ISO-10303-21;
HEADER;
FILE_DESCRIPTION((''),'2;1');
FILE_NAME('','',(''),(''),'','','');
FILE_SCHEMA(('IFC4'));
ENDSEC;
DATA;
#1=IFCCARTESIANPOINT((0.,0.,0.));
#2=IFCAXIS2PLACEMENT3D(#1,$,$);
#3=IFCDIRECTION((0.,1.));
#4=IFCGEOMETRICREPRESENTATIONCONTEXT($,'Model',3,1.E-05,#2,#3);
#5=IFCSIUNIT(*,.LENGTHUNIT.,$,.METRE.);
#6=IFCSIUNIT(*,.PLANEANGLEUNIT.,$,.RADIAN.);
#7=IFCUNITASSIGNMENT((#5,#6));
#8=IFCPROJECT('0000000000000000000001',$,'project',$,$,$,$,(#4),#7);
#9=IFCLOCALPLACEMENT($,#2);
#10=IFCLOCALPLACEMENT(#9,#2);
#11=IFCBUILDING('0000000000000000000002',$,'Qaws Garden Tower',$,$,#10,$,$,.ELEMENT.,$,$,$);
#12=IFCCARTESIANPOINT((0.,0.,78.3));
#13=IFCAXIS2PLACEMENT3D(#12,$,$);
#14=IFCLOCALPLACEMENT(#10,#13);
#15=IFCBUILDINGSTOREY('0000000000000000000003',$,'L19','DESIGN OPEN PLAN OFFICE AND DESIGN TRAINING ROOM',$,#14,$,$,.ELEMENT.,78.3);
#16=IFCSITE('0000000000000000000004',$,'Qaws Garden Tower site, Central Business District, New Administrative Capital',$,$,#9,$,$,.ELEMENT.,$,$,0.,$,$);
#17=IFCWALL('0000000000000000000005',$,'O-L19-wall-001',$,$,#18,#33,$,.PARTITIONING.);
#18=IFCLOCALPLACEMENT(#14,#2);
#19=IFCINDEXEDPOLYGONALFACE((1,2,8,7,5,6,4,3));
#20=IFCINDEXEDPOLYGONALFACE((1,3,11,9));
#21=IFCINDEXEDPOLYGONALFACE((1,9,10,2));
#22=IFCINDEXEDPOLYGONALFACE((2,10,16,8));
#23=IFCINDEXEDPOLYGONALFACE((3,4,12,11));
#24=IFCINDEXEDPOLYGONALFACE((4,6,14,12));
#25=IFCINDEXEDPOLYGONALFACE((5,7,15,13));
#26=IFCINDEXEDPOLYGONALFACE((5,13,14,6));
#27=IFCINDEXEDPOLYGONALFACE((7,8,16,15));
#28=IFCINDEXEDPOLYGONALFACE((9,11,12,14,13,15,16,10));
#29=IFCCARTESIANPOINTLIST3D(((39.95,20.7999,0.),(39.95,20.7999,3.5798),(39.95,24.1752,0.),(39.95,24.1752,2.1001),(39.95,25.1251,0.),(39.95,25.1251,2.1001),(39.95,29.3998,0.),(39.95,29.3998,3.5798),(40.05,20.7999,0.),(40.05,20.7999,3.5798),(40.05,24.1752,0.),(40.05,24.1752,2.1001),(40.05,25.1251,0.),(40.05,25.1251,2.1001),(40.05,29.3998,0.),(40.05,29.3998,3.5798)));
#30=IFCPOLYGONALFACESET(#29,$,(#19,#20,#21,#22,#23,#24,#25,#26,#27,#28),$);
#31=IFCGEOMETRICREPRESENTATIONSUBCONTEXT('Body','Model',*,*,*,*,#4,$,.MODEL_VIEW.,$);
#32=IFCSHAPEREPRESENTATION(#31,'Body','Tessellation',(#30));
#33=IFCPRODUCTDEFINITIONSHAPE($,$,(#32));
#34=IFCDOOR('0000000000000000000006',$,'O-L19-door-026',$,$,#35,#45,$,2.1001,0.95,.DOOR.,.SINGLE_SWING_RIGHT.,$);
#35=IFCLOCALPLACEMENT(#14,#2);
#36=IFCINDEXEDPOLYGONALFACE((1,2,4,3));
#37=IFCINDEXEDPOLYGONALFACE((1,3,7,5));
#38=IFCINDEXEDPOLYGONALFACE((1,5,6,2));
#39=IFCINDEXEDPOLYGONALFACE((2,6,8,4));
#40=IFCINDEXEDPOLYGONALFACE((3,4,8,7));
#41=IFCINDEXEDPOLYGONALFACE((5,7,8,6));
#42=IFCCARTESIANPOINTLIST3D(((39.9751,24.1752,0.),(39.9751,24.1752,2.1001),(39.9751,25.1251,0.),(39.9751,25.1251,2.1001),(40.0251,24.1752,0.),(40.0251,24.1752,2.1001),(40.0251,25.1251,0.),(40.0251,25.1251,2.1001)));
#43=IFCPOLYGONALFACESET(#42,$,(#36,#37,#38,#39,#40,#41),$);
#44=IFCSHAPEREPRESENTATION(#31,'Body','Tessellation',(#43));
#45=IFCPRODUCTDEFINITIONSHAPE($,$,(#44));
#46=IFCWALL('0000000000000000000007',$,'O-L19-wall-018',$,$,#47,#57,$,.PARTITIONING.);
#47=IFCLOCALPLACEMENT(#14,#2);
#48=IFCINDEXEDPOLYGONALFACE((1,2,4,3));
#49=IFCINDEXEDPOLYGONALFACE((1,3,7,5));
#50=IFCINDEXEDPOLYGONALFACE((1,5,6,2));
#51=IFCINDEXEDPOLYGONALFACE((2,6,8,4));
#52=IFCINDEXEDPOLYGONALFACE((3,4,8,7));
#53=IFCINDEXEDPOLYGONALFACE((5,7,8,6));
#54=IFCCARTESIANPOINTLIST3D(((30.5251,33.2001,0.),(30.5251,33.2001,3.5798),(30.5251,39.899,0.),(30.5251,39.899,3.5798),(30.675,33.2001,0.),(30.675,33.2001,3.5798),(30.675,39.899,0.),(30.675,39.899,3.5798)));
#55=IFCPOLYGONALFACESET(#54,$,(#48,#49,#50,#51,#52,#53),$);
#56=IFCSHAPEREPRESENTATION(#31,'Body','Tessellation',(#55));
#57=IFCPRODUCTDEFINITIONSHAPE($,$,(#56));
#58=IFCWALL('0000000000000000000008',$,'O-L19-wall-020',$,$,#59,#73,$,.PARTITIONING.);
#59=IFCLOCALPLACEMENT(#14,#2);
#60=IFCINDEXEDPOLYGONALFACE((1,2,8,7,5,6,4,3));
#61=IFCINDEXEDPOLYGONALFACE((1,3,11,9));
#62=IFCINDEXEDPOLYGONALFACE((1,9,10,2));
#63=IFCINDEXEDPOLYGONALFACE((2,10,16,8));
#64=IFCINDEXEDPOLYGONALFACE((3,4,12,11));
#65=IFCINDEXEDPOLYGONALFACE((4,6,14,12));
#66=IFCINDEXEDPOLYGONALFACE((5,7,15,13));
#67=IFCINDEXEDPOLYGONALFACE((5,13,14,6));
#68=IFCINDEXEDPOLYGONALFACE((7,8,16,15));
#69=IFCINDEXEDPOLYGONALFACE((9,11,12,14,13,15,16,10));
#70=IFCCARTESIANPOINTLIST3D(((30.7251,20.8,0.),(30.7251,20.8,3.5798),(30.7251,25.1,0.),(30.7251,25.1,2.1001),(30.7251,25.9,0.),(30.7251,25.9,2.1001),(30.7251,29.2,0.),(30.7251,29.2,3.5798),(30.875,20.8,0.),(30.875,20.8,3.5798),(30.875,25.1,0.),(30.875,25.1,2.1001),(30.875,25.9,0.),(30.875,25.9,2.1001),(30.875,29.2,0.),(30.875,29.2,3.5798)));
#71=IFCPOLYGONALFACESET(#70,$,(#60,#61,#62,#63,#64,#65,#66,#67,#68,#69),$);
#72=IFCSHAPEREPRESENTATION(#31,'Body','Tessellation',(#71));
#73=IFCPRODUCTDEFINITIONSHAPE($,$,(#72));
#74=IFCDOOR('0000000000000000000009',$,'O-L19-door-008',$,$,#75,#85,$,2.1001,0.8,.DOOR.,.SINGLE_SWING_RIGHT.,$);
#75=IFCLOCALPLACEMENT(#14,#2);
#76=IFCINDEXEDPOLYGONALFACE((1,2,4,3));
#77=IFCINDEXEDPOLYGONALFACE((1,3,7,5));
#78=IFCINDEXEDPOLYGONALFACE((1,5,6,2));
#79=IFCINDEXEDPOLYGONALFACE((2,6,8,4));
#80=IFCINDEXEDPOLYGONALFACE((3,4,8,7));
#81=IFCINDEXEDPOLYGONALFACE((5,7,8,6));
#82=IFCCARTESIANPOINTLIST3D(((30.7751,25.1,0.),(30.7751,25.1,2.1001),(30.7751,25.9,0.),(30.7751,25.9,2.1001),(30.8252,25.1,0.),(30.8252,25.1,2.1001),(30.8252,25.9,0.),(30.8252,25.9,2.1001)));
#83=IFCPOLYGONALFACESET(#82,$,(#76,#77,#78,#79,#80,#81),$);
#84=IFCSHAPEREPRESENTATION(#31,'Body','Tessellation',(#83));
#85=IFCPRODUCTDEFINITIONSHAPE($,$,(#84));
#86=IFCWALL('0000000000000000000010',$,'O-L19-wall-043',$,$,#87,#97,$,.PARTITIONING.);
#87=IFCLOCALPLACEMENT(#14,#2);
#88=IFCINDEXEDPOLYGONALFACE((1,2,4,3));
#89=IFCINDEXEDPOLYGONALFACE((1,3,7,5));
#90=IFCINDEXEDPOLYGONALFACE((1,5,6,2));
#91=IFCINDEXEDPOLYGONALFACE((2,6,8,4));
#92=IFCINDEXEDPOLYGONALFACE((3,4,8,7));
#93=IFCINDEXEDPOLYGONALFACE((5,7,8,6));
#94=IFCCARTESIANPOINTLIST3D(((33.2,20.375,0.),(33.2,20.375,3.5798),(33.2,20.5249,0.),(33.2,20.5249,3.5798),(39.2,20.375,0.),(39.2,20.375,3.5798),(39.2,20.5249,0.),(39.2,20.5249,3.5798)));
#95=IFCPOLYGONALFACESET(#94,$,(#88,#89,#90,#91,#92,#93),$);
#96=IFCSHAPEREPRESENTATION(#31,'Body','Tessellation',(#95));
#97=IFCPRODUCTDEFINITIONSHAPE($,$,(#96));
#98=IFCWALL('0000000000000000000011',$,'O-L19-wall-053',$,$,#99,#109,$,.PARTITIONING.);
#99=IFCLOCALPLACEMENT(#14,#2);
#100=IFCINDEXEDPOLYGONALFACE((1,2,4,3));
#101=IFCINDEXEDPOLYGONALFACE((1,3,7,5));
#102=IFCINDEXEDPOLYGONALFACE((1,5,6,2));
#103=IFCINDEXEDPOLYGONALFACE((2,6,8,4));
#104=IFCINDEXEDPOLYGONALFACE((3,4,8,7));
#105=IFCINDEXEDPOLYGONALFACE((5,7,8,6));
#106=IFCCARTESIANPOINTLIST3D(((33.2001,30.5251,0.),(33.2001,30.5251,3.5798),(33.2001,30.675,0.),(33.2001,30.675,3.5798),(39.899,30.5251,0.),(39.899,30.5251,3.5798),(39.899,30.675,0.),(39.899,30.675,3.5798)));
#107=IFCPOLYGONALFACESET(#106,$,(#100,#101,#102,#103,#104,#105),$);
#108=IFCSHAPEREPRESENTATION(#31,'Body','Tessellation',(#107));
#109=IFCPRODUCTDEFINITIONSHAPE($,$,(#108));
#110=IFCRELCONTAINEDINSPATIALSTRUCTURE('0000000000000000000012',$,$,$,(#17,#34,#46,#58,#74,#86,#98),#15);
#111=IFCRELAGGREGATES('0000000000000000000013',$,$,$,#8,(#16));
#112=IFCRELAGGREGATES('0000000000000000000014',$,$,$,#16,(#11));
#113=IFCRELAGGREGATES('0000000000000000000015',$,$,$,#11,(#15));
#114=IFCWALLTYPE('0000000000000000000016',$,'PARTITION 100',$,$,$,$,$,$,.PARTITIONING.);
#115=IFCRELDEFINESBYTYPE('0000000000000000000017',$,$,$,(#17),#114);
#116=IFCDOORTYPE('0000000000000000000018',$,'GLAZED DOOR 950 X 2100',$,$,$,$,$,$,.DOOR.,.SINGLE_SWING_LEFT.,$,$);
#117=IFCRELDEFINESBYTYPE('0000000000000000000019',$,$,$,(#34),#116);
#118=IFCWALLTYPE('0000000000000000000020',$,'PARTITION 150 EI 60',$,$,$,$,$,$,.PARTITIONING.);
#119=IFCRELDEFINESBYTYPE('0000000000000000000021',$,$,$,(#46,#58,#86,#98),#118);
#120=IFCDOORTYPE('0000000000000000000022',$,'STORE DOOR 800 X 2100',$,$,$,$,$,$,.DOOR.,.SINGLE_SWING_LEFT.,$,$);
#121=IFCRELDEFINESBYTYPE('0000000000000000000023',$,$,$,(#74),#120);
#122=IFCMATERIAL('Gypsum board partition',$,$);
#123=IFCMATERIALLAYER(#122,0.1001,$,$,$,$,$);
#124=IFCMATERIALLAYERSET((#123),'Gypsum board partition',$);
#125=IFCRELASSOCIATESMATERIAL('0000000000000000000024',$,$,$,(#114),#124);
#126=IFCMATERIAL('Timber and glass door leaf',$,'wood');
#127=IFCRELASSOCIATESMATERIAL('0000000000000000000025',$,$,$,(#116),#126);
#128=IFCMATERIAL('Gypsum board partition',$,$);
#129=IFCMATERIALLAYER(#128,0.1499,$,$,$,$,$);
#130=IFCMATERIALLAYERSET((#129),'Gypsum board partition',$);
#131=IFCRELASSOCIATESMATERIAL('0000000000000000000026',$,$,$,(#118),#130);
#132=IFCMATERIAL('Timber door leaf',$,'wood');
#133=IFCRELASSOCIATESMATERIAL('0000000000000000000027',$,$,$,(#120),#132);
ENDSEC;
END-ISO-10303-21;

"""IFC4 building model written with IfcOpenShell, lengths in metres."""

from ifc_helpers import new_model, si_unit, direction, frame, frame_2d, origin, place, context, subcontext, project, spatial, rectangle, extrude, material, layer, layer_set, type_object, element, fill, save


model = new_model("IFC4")

# Units and contexts
model_context = context("Model", 3, precision=1e-05, world=origin(), true_north=direction((0.0, 1.0)))
body_context = subcontext(model_context, "Body", "Model", "MODEL_VIEW")
ifc_project = project(units=[si_unit("LENGTHUNIT", "METRE"), si_unit("PLANEANGLEUNIT", "RADIAN")], contexts=[model_context])

# Site, building, storey
site_placement = place(None, origin())
site = spatial("IfcSite", under=ifc_project, at=site_placement, Name="Qaws Garden Tower site, Central Business District, New Administrative Capital", CompositionType="ELEMENT", RefElevation=0.0)
building_placement = place(site_placement, origin())
building = spatial("IfcBuilding", under=site, at=building_placement, Name="Qaws Garden Tower", CompositionType="ELEMENT")
storey_placement = place(building_placement, frame((0.0, 0.0, 78.3)))
storey = spatial("IfcBuildingStorey", under=building, at=storey_placement, Name="L19", Description="DESIGN OPEN PLAN OFFICE AND DESIGN TRAINING ROOM", CompositionType="ELEMENT", Elevation=78.3)

# Wall, opening, door
ifc_material_1 = material(Name="Gypsum board partition")
ifc_layer_1 = layer(ifc_material_1, 0.1001)
ifc_layer_set_1 = layer_set([ifc_layer_1], Name="Gypsum board partition")
wall_type_1 = type_object("IfcWallType", Name="PARTITION 100", PredefinedType="PARTITIONING", material=ifc_layer_set_1)
wall_1_placement = place(storey_placement, frame((40.0, 20.8, 0.0), z_axis=(0.0, 0.0, 1.0), x_axis=(0.0, 1.0, 0.0)))
wall_1 = element("IfcWall", 1, at=wall_1_placement, inside=storey, type_object=wall_type_1, Name="O-L19-wall-001", PredefinedType="PARTITIONING", context=body_context, shape_type="SweptSolid", body=[
    extrude(rectangle(XDim=8.5999, YDim=0.1001, at=frame_2d((4.2998, 0.0))), origin(), (0.0, 0.0, 1.0), 3.5798),
])
opening_1_placement = place(wall_1_placement, frame((3.375, 0.0, 0.0)))
opening_1 = element("IfcOpeningElement", 2, at=opening_1_placement, cuts=wall_1, PredefinedType="OPENING", context=body_context, shape_type="SweptSolid", body=[
    extrude(rectangle(XDim=0.95, YDim=2.1001, at=frame_2d((0.4751, 1.05))), frame((0.0, 0.0601, 0.0), z_axis=(0.0, -1.0, 0.0), x_axis=(1.0, 0.0, 0.0)), (0.0, 0.0, 1.0), 0.1201),
])
ifc_material_2 = material(Name="Timber and glass door leaf", Category="wood")
door_type_1 = type_object("IfcDoorType", Name="GLAZED DOOR 950 X 2100", OperationType="SINGLE_SWING_LEFT", PredefinedType="DOOR", material=ifc_material_2)
door_1_placement = place(opening_1_placement, origin())
door_1 = element("IfcDoor", 3, at=door_1_placement, inside=storey, type_object=door_type_1, Name="O-L19-door-026", OperationType="SINGLE_SWING_RIGHT", OverallHeight=2.1001, OverallWidth=0.95, PredefinedType="DOOR", context=body_context, shape_type="SweptSolid", body=[
    extrude(rectangle(XDim=0.95, YDim=2.1001, at=frame_2d((0.4751, 1.05))), frame((0.0, 0.0249, 0.0), z_axis=(0.0, -1.0, 0.0), x_axis=(1.0, 0.0, 0.0)), (0.0, 0.0, 1.0), 0.05),
])
fill(opening_1, door_1)

# Wall
ifc_material_3 = material(Name="Gypsum board partition")
ifc_layer_2 = layer(ifc_material_3, 0.1499)
ifc_layer_set_2 = layer_set([ifc_layer_2], Name="Gypsum board partition")
wall_type_2 = type_object("IfcWallType", Name="PARTITION 150 EI 60", PredefinedType="PARTITIONING", material=ifc_layer_set_2)
wall_2_placement = place(storey_placement, frame((30.6001, 33.2, 0.0), z_axis=(0.0, 0.0, 1.0), x_axis=(0.0, 1.0, 0.0)))
element("IfcWall", 4, at=wall_2_placement, inside=storey, type_object=wall_type_2, Name="O-L19-wall-018", PredefinedType="PARTITIONING", context=body_context, shape_type="SweptSolid", body=[
    extrude(rectangle(XDim=6.699, YDim=0.1499, at=frame_2d((3.3496, 0.0))), origin(), (0.0, 0.0, 1.0), 3.5798),
])

# Wall, opening, door
wall_3_placement = place(storey_placement, frame((30.8, 20.8, 0.0), z_axis=(0.0, 0.0, 1.0), x_axis=(0.0, 1.0, 0.0)))
wall_3 = element("IfcWall", 5, at=wall_3_placement, inside=storey, type_object=wall_type_2, Name="O-L19-wall-020", PredefinedType="PARTITIONING", context=body_context, shape_type="SweptSolid", body=[
    extrude(rectangle(XDim=8.3999, YDim=0.1499, at=frame_2d((4.2, 0.0))), origin(), (0.0, 0.0, 1.0), 3.5798),
])
opening_2_placement = place(wall_3_placement, frame((4.3, 0.0, 0.0)))
opening_2 = element("IfcOpeningElement", 6, at=opening_2_placement, cuts=wall_3, PredefinedType="OPENING", context=body_context, shape_type="SweptSolid", body=[
    extrude(rectangle(XDim=0.8, YDim=2.1001, at=frame_2d((0.3999, 1.05))), frame((0.0, 0.085, 0.0), z_axis=(0.0, -1.0, 0.0), x_axis=(1.0, 0.0, 0.0)), (0.0, 0.0, 1.0), 0.1699),
])
ifc_material_4 = material(Name="Timber door leaf", Category="wood")
door_type_2 = type_object("IfcDoorType", Name="STORE DOOR 800 X 2100", OperationType="SINGLE_SWING_LEFT", PredefinedType="DOOR", material=ifc_material_4)
door_2_placement = place(opening_2_placement, origin())
door_2 = element("IfcDoor", 7, at=door_2_placement, inside=storey, type_object=door_type_2, Name="O-L19-door-008", OperationType="SINGLE_SWING_RIGHT", OverallHeight=2.1001, OverallWidth=0.8, PredefinedType="DOOR", context=body_context, shape_type="SweptSolid", body=[
    extrude(rectangle(XDim=0.8, YDim=2.1001, at=frame_2d((0.3999, 1.05))), frame((0.0, 0.0249, 0.0), z_axis=(0.0, -1.0, 0.0), x_axis=(1.0, 0.0, 0.0)), (0.0, 0.0, 1.0), 0.05),
])
fill(opening_2, door_2)

# Walls
wall_4_placement = place(storey_placement, frame((33.2, 20.45, 0.0), z_axis=(0.0, 0.0, 1.0), x_axis=(1.0, 0.0, 0.0)))
element("IfcWall", 8, at=wall_4_placement, inside=storey, type_object=wall_type_2, Name="O-L19-wall-043", PredefinedType="PARTITIONING", context=body_context, shape_type="SweptSolid", body=[
    extrude(rectangle(XDim=6.0, YDim=0.1499, at=frame_2d((3.0, 0.0))), origin(), (0.0, 0.0, 1.0), 3.5798),
])
wall_5_placement = place(storey_placement, frame((33.2, 30.6001, 0.0), z_axis=(0.0, 0.0, 1.0), x_axis=(1.0, 0.0, 0.0)))
element("IfcWall", 9, at=wall_5_placement, inside=storey, type_object=wall_type_2, Name="O-L19-wall-053", PredefinedType="PARTITIONING", context=body_context, shape_type="SweptSolid", body=[
    extrude(rectangle(XDim=6.699, YDim=0.1499, at=frame_2d((3.3496, 0.0))), origin(), (0.0, 0.0, 1.0), 3.5798),
])

save(model, "model.ifc")
